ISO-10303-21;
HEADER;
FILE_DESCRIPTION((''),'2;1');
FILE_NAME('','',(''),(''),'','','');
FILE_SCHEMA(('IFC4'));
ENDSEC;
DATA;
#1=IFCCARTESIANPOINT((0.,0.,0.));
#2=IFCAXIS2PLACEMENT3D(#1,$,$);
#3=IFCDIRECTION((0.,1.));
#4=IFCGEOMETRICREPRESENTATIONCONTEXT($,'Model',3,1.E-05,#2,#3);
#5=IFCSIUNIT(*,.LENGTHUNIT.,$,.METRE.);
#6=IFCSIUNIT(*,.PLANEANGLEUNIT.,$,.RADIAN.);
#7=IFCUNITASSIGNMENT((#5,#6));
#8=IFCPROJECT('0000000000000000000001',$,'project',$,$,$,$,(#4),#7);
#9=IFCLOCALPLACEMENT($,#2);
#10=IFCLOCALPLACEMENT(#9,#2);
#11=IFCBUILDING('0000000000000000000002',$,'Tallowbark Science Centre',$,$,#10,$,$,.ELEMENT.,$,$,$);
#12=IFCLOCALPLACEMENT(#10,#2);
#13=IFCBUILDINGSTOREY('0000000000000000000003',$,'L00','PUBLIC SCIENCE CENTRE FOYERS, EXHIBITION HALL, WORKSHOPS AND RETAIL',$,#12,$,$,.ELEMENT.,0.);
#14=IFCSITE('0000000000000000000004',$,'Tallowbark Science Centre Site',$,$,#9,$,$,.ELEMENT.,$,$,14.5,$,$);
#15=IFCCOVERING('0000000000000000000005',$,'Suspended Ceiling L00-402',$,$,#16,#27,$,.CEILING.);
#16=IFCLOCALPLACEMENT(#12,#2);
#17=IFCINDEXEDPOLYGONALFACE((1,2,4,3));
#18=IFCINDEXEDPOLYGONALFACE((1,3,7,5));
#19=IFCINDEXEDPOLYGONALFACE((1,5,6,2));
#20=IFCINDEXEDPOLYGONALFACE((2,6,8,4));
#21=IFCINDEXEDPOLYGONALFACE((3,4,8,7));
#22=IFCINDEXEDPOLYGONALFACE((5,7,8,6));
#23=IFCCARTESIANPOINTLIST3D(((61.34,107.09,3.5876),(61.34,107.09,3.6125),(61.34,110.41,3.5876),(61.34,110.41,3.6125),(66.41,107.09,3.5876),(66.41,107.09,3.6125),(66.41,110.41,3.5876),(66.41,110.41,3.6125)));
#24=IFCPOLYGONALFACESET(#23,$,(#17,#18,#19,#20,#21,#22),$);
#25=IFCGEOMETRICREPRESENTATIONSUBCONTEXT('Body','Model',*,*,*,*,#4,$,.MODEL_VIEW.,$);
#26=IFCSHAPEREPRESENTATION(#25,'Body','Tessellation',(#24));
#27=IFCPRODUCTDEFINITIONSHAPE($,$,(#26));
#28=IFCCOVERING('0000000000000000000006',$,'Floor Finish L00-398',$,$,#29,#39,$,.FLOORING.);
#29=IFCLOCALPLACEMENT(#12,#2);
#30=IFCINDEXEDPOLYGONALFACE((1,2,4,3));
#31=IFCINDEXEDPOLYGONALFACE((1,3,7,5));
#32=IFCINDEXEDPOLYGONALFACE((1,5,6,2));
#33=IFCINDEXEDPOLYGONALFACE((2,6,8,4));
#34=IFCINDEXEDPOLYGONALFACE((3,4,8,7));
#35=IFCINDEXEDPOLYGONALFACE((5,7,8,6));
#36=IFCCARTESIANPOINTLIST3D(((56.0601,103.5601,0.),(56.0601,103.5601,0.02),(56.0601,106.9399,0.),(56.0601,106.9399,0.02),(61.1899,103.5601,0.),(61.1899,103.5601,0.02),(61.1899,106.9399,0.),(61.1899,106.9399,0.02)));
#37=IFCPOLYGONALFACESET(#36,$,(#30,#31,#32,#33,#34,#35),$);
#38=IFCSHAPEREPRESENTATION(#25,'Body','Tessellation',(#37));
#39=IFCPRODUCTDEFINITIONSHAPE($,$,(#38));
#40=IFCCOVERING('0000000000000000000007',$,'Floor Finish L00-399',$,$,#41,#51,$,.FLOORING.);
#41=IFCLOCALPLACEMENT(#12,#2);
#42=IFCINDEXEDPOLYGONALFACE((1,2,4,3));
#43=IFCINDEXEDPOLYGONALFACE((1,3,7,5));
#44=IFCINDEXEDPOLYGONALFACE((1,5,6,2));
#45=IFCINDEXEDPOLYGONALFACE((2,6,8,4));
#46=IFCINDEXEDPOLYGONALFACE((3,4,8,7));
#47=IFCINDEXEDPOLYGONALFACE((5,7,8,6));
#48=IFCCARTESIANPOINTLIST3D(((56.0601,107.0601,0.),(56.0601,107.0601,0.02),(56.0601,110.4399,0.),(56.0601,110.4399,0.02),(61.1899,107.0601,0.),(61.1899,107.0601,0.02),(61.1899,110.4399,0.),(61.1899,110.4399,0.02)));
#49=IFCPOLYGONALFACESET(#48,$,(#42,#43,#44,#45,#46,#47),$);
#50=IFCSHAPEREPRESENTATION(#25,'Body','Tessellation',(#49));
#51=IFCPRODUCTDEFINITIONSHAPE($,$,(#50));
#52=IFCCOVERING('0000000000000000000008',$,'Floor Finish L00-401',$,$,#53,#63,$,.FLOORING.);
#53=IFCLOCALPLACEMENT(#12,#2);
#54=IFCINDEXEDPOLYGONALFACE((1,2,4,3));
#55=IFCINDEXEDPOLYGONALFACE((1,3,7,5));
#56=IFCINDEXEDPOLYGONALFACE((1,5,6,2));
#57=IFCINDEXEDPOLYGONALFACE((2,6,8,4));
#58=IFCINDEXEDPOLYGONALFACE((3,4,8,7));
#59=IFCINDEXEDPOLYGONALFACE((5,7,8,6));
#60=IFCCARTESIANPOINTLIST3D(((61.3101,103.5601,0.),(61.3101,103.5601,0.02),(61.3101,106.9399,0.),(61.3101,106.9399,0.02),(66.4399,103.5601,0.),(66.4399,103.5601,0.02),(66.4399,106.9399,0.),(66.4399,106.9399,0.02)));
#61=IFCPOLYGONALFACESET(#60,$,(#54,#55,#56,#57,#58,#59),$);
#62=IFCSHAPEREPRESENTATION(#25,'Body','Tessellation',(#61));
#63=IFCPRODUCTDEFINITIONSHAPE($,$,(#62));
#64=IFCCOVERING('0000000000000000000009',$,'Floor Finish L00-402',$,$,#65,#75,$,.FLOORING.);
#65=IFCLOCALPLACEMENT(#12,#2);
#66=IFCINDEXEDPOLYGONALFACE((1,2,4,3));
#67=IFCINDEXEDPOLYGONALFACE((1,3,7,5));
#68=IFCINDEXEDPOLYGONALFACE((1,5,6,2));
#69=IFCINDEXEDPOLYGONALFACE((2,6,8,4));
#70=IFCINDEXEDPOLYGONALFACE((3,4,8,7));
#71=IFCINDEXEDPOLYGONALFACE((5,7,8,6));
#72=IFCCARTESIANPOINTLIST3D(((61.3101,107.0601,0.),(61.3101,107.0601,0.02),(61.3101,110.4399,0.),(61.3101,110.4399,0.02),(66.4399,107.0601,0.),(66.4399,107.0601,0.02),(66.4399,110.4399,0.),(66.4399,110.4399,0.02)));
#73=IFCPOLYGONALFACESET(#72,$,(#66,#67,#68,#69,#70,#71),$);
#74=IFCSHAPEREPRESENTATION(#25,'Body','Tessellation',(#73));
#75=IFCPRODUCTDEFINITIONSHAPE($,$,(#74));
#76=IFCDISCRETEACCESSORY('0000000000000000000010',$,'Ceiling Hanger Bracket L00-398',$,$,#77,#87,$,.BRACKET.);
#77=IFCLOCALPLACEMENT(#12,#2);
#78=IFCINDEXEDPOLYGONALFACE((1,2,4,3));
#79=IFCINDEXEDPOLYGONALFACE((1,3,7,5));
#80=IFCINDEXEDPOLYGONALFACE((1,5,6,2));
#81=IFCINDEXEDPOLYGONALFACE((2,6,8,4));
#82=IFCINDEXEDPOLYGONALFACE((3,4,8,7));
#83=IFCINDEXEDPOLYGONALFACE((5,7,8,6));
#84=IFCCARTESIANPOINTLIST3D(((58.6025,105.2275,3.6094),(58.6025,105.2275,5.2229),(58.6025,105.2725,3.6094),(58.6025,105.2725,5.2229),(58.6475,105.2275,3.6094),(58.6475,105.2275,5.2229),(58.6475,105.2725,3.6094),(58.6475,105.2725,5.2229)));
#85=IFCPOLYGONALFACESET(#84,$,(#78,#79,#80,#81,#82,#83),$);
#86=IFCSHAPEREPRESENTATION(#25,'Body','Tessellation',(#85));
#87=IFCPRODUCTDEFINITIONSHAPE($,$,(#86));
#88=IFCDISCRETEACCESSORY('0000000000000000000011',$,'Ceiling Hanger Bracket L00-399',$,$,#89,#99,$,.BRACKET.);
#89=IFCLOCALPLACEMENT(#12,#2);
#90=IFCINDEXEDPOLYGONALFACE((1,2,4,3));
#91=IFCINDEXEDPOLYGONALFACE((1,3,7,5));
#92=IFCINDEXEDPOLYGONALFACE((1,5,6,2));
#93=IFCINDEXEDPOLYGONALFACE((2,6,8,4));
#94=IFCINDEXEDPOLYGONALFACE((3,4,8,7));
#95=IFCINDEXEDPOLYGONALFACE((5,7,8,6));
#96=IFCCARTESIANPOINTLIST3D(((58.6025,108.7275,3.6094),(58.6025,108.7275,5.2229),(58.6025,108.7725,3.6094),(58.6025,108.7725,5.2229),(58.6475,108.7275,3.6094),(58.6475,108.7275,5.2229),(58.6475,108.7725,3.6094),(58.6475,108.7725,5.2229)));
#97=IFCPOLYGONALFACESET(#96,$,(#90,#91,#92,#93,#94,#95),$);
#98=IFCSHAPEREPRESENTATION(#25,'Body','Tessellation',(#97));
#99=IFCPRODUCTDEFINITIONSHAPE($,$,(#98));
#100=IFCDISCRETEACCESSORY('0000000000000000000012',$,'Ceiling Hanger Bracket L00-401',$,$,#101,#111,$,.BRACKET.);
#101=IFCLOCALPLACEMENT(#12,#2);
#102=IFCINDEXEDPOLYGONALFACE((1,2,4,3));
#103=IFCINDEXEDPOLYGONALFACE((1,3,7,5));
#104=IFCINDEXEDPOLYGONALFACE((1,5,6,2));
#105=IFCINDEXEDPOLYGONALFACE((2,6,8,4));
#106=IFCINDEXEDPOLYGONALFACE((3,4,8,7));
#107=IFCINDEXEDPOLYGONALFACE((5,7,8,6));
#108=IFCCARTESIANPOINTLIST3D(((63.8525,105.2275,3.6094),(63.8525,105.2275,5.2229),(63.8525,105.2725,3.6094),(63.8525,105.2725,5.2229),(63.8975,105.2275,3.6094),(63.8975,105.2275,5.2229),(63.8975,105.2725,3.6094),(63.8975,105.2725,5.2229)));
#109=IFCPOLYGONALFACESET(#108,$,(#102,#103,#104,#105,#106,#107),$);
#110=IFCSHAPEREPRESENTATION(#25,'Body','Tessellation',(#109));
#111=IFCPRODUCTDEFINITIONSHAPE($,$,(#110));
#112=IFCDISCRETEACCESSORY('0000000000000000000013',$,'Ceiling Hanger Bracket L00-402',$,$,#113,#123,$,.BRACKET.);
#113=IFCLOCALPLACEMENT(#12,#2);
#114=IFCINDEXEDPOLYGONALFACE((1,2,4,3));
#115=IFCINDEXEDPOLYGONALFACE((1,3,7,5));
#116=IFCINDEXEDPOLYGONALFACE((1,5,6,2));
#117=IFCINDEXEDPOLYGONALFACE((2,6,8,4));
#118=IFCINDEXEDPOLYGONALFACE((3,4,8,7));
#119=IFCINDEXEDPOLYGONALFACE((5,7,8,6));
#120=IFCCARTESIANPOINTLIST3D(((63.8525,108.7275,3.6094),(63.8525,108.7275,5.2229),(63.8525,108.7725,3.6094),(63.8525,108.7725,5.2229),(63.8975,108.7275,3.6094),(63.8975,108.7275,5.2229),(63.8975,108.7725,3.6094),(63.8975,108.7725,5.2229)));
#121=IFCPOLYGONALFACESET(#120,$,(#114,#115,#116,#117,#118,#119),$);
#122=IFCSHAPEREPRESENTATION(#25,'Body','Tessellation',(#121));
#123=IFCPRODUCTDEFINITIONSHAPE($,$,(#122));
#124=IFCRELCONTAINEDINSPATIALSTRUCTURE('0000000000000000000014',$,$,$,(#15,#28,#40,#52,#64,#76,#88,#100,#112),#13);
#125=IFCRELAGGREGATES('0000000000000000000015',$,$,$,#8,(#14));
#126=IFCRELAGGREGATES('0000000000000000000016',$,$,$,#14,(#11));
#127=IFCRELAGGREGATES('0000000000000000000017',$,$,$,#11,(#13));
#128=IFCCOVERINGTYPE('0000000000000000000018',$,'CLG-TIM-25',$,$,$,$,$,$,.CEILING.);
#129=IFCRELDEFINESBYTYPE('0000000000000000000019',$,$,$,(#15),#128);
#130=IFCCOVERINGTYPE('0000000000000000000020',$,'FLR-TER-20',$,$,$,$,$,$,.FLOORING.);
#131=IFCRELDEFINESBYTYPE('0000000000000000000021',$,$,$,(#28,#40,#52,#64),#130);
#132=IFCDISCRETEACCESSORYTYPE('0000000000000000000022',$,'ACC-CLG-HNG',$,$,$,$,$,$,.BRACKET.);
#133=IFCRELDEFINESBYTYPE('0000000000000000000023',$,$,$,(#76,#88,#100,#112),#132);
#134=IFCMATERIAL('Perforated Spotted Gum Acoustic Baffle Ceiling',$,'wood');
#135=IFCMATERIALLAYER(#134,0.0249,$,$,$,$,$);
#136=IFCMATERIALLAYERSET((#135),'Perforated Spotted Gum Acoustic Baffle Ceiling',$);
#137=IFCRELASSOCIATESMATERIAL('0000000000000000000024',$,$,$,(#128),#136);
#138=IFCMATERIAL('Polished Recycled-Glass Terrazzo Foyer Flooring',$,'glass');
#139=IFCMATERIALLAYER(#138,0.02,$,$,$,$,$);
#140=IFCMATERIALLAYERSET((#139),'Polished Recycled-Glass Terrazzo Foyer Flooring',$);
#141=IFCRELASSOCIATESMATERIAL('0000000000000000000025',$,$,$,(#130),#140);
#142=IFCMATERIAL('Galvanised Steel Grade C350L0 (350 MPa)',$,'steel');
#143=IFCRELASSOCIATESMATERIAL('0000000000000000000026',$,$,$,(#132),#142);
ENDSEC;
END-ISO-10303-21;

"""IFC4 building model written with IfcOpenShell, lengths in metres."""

from ifc_helpers import new_model, si_unit, direction, frame, origin, origin_2d, place, context, subcontext, project, spatial, rectangle, extrude, material, layer, layer_set, type_object, element, save


model = new_model("IFC4")

# Units and contexts
model_context = context("Model", 3, precision=1e-05, world=origin(), true_north=direction((0.0, 1.0)))
body_context = subcontext(model_context, "Body", "Model", "MODEL_VIEW")
ifc_project = project(units=[si_unit("LENGTHUNIT", "METRE"), si_unit("PLANEANGLEUNIT", "RADIAN")], contexts=[model_context])

# Site, building, storey
site_placement = place(None, origin())
site = spatial("IfcSite", under=ifc_project, at=site_placement, Name="Tallowbark Science Centre Site", CompositionType="ELEMENT", RefElevation=14.5)
building_placement = place(site_placement, origin())
building = spatial("IfcBuilding", under=site, at=building_placement, Name="Tallowbark Science Centre", CompositionType="ELEMENT")
storey_placement = place(building_placement, origin())
storey = spatial("IfcBuildingStorey", under=building, at=storey_placement, Name="L00", Description="PUBLIC SCIENCE CENTRE FOYERS, EXHIBITION HALL, WORKSHOPS AND RETAIL", CompositionType="ELEMENT", Elevation=0.0)

# Coverings
ifc_material_1 = material(Name="Perforated Spotted Gum Acoustic Baffle Ceiling", Category="wood")
ifc_layer_1 = layer(ifc_material_1, 0.0249)
ifc_layer_set_1 = layer_set([ifc_layer_1], Name="Perforated Spotted Gum Acoustic Baffle Ceiling")
covering_type_1 = type_object("IfcCoveringType", Name="CLG-TIM-25", PredefinedType="CEILING", material=ifc_layer_set_1)
for number, where, z_axis, x_axis, name in (
    (1, (63.875, 108.75, 3.5876), (0.0, 0.0, 1.0), (1.0, 0.0, 0.0), "Suspended Ceiling L00-402"),
):
    element("IfcCovering", number, at=place(storey_placement, frame(where, z_axis=z_axis, x_axis=x_axis)), inside=storey, type_object=covering_type_1, Name=name, PredefinedType="CEILING", context=body_context, shape_type="SweptSolid", body=[
        extrude(rectangle(XDim=5.0701, YDim=3.3201, at=origin_2d()), origin(), (0.0, 0.0, 1.0), 0.0249),
    ])
ifc_material_2 = material(Name="Polished Recycled-Glass Terrazzo Foyer Flooring", Category="glass")
ifc_layer_2 = layer(ifc_material_2, 0.02)
ifc_layer_set_2 = layer_set([ifc_layer_2], Name="Polished Recycled-Glass Terrazzo Foyer Flooring")
covering_type_2 = type_object("IfcCoveringType", Name="FLR-TER-20", PredefinedType="FLOORING", material=ifc_layer_set_2)
for number, where, z_axis, x_axis, name in (
    (2, (58.625, 105.25, 0.0), (0.0, 0.0, 1.0), (1.0, 0.0, 0.0), "Floor Finish L00-398"),
    (3, (58.625, 108.75, 0.0), (0.0, 0.0, 1.0), (1.0, 0.0, 0.0), "Floor Finish L00-399"),
    (4, (63.875, 105.25, 0.0), (0.0, 0.0, 1.0), (1.0, 0.0, 0.0), "Floor Finish L00-401"),
    (5, (63.875, 108.75, 0.0), (0.0, 0.0, 1.0), (1.0, 0.0, 0.0), "Floor Finish L00-402"),
):
    element("IfcCovering", number, at=place(storey_placement, frame(where, z_axis=z_axis, x_axis=x_axis)), inside=storey, type_object=covering_type_2, Name=name, PredefinedType="FLOORING", context=body_context, shape_type="SweptSolid", body=[
        extrude(rectangle(XDim=5.1299, YDim=3.3799, at=origin_2d()), origin(), (0.0, 0.0, 1.0), 0.02),
    ])

# Discrete accessories
ifc_material_3 = material(Name="Galvanised Steel Grade C350L0 (350 MPa)", Category="steel")
discrete_accessory_type = type_object("IfcDiscreteAccessoryType", Name="ACC-CLG-HNG", PredefinedType="BRACKET", material=ifc_material_3)
for number, where, z_axis, x_axis, name in (
    (6, (58.625, 105.25, 3.6094), (0.0, 0.0, 1.0), (1.0, 0.0, 0.0), "Ceiling Hanger Bracket L00-398"),
    (7, (58.625, 108.75, 3.6094), (0.0, 0.0, 1.0), (1.0, 0.0, 0.0), "Ceiling Hanger Bracket L00-399"),
    (8, (63.875, 105.25, 3.6094), (0.0, 0.0, 1.0), (1.0, 0.0, 0.0), "Ceiling Hanger Bracket L00-401"),
    (9, (63.875, 108.75, 3.6094), (0.0, 0.0, 1.0), (1.0, 0.0, 0.0), "Ceiling Hanger Bracket L00-402"),
):
    element("IfcDiscreteAccessory", number, at=place(storey_placement, frame(where, z_axis=z_axis, x_axis=x_axis)), inside=storey, type_object=discrete_accessory_type, Name=name, PredefinedType="BRACKET", context=body_context, shape_type="SweptSolid", body=[
        extrude(rectangle(XDim=0.0449, YDim=0.0449, at=origin_2d()), origin(), (0.0, 0.0, 1.0), 1.6135),
    ])

save(model, "model.ifc")
